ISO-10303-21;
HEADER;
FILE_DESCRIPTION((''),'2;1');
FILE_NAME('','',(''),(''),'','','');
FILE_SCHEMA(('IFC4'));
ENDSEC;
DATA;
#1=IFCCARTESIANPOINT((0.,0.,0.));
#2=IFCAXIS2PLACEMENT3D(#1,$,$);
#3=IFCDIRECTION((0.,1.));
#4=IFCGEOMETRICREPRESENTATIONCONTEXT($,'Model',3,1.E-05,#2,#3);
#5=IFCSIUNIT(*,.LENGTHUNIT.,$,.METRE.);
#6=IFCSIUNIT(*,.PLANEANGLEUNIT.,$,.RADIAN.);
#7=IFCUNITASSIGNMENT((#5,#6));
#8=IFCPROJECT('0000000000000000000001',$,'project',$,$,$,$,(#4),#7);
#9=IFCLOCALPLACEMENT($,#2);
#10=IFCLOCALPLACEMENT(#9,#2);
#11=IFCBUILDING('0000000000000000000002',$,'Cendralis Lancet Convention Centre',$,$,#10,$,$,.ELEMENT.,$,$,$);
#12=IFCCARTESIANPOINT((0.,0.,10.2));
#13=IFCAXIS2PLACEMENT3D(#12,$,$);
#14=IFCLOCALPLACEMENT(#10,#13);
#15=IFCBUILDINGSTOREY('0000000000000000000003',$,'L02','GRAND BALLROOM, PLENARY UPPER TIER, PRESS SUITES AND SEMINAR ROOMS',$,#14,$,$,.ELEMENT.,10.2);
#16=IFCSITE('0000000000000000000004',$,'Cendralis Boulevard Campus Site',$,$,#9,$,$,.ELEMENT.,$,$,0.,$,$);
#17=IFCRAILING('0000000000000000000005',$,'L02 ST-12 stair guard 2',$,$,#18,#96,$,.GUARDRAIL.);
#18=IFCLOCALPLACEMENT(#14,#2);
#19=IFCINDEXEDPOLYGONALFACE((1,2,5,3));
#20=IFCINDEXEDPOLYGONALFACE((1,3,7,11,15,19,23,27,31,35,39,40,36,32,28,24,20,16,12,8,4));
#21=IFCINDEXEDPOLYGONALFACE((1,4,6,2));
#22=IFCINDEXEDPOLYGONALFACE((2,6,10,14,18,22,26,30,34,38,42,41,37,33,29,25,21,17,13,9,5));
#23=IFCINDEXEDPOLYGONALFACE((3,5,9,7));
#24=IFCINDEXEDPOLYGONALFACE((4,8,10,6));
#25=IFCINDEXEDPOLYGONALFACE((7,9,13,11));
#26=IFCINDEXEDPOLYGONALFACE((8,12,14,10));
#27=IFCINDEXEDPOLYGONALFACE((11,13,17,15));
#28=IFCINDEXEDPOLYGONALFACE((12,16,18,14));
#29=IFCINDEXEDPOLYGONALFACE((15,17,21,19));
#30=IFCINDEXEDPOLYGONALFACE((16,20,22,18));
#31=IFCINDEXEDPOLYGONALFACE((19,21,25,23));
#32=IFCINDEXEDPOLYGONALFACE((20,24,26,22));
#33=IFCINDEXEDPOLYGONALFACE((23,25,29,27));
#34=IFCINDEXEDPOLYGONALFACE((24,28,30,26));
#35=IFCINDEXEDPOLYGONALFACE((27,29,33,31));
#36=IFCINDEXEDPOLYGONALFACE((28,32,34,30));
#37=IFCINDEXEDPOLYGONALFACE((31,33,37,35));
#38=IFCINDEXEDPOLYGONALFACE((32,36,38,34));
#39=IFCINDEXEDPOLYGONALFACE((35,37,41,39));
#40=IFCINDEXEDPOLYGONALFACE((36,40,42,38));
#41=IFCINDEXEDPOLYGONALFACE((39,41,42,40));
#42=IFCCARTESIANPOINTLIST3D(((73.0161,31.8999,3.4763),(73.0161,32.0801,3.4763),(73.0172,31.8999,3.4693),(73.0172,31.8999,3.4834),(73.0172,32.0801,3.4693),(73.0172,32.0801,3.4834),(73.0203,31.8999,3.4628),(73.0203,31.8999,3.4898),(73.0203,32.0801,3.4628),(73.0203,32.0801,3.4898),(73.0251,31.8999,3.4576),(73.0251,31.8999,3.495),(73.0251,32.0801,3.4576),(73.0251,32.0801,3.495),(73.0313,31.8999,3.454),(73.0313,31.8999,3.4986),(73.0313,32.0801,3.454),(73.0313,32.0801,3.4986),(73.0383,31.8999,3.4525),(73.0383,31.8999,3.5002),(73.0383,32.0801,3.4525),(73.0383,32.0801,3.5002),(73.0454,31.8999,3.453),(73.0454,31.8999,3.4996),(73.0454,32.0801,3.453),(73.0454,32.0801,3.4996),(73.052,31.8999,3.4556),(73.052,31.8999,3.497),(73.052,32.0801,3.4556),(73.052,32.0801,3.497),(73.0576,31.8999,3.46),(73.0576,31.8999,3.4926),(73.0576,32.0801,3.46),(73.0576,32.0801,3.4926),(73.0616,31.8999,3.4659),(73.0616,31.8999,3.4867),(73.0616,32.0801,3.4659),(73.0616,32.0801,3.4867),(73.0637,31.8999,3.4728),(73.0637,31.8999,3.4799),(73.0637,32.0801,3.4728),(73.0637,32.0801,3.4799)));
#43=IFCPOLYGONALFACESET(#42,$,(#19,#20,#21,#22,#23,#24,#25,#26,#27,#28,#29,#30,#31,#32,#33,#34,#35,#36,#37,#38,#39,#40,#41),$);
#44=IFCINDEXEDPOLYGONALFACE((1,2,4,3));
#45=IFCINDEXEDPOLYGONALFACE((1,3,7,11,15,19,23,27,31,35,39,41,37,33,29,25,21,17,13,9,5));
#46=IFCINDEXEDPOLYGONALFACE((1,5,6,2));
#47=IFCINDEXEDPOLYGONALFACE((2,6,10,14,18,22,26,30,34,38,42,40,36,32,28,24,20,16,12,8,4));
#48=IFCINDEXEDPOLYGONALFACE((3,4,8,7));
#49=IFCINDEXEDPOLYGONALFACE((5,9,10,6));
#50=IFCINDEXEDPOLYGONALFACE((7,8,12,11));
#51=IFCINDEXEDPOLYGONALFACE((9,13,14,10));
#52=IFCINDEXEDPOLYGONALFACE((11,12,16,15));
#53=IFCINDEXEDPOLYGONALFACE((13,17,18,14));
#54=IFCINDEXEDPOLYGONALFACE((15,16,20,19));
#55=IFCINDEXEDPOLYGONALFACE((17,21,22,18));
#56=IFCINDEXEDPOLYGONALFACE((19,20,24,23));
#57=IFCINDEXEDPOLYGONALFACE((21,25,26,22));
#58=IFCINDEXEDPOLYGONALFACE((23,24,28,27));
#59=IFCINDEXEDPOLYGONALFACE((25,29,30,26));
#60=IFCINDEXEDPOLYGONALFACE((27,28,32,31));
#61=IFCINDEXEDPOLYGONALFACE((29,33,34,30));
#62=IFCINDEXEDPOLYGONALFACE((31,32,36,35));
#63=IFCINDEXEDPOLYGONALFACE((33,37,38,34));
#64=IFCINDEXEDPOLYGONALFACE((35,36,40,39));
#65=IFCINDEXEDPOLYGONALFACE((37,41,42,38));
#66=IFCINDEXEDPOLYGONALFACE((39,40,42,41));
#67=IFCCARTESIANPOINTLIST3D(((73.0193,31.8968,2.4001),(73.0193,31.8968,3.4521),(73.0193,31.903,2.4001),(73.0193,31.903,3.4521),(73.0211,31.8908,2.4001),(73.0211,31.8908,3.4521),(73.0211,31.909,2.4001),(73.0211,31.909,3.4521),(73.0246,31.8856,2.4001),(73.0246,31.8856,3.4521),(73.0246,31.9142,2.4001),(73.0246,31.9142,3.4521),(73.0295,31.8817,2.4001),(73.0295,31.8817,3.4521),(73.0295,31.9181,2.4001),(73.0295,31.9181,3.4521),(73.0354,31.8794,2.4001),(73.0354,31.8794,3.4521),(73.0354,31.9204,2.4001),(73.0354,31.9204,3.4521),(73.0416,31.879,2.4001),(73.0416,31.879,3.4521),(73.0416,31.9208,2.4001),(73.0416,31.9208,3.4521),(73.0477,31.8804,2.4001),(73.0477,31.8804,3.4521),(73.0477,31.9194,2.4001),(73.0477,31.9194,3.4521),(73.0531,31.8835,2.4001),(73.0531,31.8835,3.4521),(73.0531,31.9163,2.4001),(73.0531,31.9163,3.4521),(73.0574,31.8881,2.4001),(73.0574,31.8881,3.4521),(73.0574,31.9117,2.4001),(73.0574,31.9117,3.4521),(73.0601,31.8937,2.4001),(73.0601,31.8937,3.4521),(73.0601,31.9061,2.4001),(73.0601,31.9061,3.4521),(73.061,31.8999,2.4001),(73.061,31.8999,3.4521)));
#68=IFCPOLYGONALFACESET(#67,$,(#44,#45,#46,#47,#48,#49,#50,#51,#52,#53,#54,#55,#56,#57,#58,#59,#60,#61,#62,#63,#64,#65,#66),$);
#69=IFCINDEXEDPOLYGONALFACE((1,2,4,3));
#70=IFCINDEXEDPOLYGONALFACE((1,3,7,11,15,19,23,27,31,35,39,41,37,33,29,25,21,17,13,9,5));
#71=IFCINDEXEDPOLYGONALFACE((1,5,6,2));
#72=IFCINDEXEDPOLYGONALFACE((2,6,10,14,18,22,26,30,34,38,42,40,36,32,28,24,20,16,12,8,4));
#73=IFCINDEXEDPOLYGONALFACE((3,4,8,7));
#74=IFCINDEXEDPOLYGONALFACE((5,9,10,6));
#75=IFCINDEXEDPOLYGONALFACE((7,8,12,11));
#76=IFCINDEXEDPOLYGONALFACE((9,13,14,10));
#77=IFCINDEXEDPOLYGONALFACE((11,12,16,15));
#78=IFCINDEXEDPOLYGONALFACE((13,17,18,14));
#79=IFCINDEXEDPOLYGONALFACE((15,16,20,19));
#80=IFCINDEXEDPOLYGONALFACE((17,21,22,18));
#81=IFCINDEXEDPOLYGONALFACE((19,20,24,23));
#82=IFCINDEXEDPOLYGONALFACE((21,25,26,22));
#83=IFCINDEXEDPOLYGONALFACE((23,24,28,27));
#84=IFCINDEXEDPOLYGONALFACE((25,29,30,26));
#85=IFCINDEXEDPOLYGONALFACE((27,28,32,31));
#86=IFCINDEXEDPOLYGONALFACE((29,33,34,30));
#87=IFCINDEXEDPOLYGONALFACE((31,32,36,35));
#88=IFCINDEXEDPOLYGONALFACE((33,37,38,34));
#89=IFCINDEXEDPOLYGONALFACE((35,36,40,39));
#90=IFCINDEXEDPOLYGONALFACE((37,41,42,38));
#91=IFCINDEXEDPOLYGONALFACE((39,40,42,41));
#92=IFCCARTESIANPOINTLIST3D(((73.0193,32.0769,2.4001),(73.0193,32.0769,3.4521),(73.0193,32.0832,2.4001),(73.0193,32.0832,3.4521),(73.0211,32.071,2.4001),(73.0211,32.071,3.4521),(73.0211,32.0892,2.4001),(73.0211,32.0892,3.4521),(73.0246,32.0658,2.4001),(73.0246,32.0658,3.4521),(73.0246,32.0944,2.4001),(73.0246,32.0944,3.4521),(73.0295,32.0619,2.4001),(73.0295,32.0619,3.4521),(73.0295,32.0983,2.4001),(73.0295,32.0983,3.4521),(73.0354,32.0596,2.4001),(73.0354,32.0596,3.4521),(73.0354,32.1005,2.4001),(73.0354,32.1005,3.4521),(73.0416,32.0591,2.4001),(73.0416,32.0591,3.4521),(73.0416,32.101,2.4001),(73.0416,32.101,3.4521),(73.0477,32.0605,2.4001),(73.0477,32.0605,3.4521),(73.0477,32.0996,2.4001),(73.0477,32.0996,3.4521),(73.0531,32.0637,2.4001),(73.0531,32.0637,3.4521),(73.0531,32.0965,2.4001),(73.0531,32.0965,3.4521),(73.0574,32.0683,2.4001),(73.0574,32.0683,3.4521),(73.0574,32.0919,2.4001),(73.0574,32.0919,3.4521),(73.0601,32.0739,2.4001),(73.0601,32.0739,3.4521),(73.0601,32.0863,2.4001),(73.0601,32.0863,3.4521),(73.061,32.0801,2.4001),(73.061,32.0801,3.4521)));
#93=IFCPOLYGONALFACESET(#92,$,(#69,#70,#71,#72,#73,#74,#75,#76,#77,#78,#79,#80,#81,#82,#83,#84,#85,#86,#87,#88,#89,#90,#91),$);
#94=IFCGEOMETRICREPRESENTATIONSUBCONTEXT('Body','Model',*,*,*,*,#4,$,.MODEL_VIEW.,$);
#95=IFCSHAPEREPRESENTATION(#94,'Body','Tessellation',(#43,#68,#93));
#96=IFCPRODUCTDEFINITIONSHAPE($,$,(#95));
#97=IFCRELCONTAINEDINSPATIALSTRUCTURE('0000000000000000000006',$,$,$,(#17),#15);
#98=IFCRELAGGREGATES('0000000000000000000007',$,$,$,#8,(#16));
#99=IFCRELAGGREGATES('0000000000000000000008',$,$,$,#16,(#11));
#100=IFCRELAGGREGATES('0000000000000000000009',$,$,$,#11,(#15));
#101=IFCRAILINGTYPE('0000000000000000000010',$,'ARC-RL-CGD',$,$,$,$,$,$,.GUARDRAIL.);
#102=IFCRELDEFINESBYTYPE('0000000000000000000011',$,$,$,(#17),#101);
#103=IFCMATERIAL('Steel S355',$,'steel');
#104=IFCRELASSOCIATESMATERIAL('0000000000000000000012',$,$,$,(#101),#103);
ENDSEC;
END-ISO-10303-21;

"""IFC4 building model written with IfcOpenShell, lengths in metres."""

from ifc_helpers import new_model, si_unit, direction, frame, origin, origin_2d, place, context, subcontext, project, spatial, circle, extrude, material, type_object, element, save


model = new_model("IFC4")

# Units and contexts
model_context = context("Model", 3, precision=1e-05, world=origin(), true_north=direction((0.0, 1.0)))
body_context = subcontext(model_context, "Body", "Model", "MODEL_VIEW")
ifc_project = project(units=[si_unit("LENGTHUNIT", "METRE"), si_unit("PLANEANGLEUNIT", "RADIAN")], contexts=[model_context])

# Site, building, storey
site_placement = place(None, origin())
site = spatial("IfcSite", under=ifc_project, at=site_placement, Name="Cendralis Boulevard Campus Site", CompositionType="ELEMENT", RefElevation=0.0)
building_placement = place(site_placement, origin())
building = spatial("IfcBuilding", under=site, at=building_placement, Name="Cendralis Lancet Convention Centre", CompositionType="ELEMENT")
storey_placement = place(building_placement, frame((0.0, 0.0, 10.2)))
storey = spatial("IfcBuildingStorey", under=building, at=storey_placement, Name="L02", Description="GRAND BALLROOM, PLENARY UPPER TIER, PRESS SUITES AND SEMINAR ROOMS", CompositionType="ELEMENT", Elevation=10.2)

# Shared definitions
ifc_material_1 = material(Name="Steel S355", Category="steel")

# Railing
railing_type_1 = type_object("IfcRailingType", Name="ARC-RL-CGD", PredefinedType="GUARDRAIL", material=ifc_material_1)
railing_1_placement = place(storey_placement, frame((73.04, 31.8999, 2.4001)))
element("IfcRailing", 1, at=railing_1_placement, inside=storey, type_object=railing_type_1, Name="L02 ST-12 stair guard 2", PredefinedType="GUARDRAIL", context=body_context, shape_type="SweptSolid", body=[
    extrude(circle(Radius=0.0239, at=origin_2d()), frame((0.0, 0.0, 1.0762), z_axis=(0.0, 1.0, 0.0), x_axis=(-1.0, 0.0, 0.0)), (0.0, 0.0, 1.0), 0.1802),
    extrude(circle(Radius=0.021, at=origin_2d()), origin(), (0.0, 0.0, 1.0), 1.052),
    extrude(circle(Radius=0.021, at=origin_2d()), frame((0.0, 0.1802, 0.0)), (0.0, 0.0, 1.0), 1.052),
])

save(model, "model.ifc")
